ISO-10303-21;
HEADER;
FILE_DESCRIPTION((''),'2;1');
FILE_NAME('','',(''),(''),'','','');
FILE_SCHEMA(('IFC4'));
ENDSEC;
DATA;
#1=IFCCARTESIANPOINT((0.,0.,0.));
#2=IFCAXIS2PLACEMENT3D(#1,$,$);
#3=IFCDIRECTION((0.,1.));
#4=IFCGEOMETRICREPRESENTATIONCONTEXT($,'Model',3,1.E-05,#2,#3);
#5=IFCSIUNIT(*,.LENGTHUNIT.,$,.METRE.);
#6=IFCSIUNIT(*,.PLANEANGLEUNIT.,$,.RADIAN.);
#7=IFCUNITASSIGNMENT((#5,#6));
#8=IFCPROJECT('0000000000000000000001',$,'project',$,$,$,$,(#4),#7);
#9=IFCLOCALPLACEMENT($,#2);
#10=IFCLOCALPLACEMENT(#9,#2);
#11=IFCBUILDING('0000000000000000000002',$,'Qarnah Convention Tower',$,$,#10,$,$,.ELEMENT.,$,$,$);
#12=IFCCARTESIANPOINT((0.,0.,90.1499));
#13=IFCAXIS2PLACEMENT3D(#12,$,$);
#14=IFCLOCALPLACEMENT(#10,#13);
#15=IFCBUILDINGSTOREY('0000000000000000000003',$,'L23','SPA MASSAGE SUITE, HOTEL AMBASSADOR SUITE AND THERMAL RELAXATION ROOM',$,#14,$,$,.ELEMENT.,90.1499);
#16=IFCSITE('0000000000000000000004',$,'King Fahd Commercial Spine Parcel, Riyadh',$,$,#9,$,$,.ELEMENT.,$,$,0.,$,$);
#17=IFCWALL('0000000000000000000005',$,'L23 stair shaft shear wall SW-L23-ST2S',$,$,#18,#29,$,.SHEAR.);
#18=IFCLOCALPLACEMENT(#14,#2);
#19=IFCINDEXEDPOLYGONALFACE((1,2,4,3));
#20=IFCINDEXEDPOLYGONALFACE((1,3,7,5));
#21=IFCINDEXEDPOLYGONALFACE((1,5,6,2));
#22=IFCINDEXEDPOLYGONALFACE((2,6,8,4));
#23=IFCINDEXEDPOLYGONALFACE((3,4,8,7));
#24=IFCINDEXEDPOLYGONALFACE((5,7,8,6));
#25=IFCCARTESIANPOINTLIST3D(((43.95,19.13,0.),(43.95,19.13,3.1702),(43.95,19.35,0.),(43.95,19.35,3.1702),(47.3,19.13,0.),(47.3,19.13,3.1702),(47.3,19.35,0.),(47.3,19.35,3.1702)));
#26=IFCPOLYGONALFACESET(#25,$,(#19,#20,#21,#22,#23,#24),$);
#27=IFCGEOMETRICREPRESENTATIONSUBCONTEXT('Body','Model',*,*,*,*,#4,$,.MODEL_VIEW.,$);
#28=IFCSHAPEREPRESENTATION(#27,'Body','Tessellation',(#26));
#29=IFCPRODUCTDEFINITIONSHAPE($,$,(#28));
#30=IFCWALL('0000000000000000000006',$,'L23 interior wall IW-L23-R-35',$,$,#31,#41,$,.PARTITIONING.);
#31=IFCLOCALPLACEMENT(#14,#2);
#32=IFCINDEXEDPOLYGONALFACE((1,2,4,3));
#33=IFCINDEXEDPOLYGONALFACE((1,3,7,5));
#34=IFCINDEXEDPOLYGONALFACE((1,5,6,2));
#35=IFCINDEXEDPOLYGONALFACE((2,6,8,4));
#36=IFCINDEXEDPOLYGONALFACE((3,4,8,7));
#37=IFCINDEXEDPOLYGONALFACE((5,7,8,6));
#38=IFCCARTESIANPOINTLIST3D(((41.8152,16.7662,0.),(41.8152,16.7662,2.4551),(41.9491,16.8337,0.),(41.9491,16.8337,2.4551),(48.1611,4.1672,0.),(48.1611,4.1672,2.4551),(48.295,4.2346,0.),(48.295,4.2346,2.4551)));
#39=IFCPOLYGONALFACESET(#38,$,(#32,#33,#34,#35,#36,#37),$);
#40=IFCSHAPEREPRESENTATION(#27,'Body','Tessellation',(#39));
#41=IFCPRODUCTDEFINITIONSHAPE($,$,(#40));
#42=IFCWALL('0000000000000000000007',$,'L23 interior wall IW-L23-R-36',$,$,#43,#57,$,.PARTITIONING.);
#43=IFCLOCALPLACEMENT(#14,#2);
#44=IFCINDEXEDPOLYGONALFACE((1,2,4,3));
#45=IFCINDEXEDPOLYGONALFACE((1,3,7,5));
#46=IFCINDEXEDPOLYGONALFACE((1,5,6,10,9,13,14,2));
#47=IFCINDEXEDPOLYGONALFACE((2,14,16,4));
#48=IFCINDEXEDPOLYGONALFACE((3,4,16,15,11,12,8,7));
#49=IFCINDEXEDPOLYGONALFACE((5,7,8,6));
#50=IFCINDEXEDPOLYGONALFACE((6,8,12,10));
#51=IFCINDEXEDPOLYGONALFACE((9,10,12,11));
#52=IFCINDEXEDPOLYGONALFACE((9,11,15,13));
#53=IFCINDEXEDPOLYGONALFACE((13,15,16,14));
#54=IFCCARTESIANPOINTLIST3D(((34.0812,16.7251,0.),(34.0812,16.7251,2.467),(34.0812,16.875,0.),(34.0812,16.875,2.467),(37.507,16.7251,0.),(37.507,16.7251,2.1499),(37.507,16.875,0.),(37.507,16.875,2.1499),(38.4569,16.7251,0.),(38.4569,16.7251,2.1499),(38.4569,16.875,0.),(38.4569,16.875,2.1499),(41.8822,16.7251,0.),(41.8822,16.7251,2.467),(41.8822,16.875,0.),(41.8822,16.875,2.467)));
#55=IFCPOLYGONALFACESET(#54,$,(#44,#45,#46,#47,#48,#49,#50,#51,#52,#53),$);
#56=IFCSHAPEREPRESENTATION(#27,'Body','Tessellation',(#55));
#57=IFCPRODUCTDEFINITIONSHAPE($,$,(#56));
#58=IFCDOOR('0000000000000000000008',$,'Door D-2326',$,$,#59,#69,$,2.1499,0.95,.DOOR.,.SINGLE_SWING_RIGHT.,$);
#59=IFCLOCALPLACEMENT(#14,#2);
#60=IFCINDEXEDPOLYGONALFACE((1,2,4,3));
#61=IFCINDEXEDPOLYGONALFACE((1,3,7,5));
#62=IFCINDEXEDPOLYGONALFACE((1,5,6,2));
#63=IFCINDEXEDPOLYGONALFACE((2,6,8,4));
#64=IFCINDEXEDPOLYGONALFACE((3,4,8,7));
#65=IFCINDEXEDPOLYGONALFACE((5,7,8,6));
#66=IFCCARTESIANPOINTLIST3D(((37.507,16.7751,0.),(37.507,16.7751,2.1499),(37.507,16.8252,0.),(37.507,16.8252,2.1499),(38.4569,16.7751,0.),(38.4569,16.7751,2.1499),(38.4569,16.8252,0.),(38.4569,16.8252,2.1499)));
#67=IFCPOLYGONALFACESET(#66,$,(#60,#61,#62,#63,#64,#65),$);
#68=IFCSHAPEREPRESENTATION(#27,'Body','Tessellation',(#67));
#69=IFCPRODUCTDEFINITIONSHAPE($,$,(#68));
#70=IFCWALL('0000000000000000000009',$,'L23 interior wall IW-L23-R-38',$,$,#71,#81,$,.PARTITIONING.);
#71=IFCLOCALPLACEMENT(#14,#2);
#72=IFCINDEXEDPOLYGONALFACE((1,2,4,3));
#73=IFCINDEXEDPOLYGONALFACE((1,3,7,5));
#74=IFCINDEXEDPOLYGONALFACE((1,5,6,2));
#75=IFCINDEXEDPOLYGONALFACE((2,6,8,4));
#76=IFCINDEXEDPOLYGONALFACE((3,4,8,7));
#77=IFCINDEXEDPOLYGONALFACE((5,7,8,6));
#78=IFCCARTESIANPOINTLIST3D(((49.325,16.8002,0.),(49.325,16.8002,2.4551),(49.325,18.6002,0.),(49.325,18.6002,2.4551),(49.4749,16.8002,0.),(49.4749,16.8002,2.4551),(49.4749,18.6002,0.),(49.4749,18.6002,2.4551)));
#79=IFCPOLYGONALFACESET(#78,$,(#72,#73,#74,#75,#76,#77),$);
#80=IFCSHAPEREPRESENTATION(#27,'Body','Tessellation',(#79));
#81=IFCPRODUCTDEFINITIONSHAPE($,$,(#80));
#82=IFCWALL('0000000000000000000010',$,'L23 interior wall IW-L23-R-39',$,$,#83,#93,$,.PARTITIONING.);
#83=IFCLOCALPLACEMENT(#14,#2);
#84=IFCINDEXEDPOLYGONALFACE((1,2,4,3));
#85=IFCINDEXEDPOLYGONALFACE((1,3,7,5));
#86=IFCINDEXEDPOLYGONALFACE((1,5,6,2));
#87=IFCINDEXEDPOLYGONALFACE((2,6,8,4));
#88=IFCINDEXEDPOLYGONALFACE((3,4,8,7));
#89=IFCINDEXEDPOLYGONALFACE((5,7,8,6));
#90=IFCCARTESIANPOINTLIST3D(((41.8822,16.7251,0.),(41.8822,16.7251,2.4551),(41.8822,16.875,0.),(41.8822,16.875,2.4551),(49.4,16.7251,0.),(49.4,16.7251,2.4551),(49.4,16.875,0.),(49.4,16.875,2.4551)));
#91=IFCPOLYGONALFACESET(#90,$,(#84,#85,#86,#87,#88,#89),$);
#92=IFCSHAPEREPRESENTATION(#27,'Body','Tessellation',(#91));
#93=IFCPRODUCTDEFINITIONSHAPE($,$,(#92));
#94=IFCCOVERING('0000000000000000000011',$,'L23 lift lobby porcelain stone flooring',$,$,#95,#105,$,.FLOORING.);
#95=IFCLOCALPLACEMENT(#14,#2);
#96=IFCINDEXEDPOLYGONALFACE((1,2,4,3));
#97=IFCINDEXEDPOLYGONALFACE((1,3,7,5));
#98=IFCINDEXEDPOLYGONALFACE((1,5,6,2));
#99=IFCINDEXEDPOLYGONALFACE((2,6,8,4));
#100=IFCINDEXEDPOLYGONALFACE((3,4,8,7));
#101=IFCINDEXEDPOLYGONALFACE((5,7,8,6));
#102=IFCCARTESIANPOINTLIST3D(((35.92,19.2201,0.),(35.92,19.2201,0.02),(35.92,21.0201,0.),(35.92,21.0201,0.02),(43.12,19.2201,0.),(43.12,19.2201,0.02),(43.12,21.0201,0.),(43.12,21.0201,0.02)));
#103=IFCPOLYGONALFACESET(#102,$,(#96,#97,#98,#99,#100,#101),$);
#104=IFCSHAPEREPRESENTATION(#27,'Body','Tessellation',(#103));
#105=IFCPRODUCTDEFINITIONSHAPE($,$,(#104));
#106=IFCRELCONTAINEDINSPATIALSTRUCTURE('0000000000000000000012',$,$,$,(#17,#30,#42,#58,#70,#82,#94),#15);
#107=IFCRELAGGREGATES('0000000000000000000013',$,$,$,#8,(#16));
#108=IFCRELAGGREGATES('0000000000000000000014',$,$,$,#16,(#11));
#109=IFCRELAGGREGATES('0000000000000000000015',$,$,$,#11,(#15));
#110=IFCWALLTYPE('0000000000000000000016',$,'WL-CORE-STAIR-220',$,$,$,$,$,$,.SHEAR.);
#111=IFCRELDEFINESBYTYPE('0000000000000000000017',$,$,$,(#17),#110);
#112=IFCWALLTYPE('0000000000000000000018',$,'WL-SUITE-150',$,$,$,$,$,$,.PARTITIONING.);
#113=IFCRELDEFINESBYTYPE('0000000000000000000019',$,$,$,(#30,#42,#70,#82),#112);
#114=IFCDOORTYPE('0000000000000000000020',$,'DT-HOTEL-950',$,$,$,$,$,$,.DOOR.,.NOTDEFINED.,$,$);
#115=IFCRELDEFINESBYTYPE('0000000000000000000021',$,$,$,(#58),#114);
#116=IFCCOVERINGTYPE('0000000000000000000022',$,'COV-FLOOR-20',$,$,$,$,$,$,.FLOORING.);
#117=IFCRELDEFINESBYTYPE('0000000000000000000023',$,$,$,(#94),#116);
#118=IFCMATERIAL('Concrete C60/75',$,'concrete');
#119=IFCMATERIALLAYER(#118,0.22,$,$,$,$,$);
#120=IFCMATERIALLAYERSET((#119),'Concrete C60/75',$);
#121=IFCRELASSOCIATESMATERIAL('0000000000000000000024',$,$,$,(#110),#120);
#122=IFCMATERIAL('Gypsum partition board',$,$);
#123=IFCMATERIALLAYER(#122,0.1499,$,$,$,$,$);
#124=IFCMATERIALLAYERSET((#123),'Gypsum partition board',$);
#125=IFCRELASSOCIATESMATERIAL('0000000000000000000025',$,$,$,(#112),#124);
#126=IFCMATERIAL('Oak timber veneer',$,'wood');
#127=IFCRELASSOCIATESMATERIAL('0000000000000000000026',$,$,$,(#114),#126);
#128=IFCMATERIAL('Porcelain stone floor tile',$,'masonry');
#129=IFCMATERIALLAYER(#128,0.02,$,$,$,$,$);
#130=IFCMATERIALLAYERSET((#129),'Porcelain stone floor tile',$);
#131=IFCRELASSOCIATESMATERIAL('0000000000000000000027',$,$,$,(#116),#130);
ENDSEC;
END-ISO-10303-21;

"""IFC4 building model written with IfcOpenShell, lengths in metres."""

from ifc_helpers import new_model, si_unit, direction, frame, frame_2d, origin, origin_2d, place, context, subcontext, project, spatial, rectangle, extrude, material, layer, layer_set, type_object, element, fill, save


model = new_model("IFC4")

# Units and contexts
model_context = context("Model", 3, precision=1e-05, world=origin(), true_north=direction((0.0, 1.0)))
body_context = subcontext(model_context, "Body", "Model", "MODEL_VIEW")
ifc_project = project(units=[si_unit("LENGTHUNIT", "METRE"), si_unit("PLANEANGLEUNIT", "RADIAN")], contexts=[model_context])

# Site, building, storey
site_placement = place(None, origin())
site = spatial("IfcSite", under=ifc_project, at=site_placement, Name="King Fahd Commercial Spine Parcel, Riyadh", CompositionType="ELEMENT", RefElevation=0.0)
building_placement = place(site_placement, origin())
building = spatial("IfcBuilding", under=site, at=building_placement, Name="Qarnah Convention Tower", CompositionType="ELEMENT")
storey_placement = place(building_placement, frame((0.0, 0.0, 90.1499)))
storey = spatial("IfcBuildingStorey", under=building, at=storey_placement, Name="L23", Description="SPA MASSAGE SUITE, HOTEL AMBASSADOR SUITE AND THERMAL RELAXATION ROOM", CompositionType="ELEMENT", Elevation=90.1499)

# Shared definitions
ifc_material_1 = material(Name="Concrete C60/75", Category="concrete")

# Walls
ifc_layer_1 = layer(ifc_material_1, 0.22)
ifc_layer_set_1 = layer_set([ifc_layer_1], Name="Concrete C60/75")
wall_type_1 = type_object("IfcWallType", Name="WL-CORE-STAIR-220", PredefinedType="SHEAR", material=ifc_layer_set_1)
wall_1_placement = place(storey_placement, frame((43.95, 19.24, 0.0), z_axis=(0.0, 0.0, 1.0), x_axis=(1.0, 0.0, 0.0)))
element("IfcWall", 1, at=wall_1_placement, inside=storey, type_object=wall_type_1, Name="L23 stair shaft shear wall SW-L23-ST2S", PredefinedType="SHEAR", context=body_context, shape_type="SweptSolid", body=[
    extrude(rectangle(XDim=3.3501, YDim=0.22, at=frame_2d((1.675, 0.0))), origin(), (0.0, 0.0, 1.0), 3.1702),
])
ifc_material_2 = material(Name="Gypsum partition board")
ifc_layer_2 = layer(ifc_material_2, 0.1499)
ifc_layer_set_2 = layer_set([ifc_layer_2], Name="Gypsum partition board")
wall_type_2 = type_object("IfcWallType", Name="WL-SUITE-150", PredefinedType="PARTITIONING", material=ifc_layer_set_2)
wall_2_placement = place(storey_placement, frame((48.228, 4.2009, 0.0), z_axis=(0.0, 0.0, 1.0), x_axis=(-0.449842, 0.893108, 0.0)))
element("IfcWall", 2, at=wall_2_placement, inside=storey, type_object=wall_type_2, Name="L23 interior wall IW-L23-R-35", PredefinedType="PARTITIONING", context=body_context, shape_type="SweptSolid", body=[
    extrude(rectangle(XDim=14.1069, YDim=0.1499, at=frame_2d((7.0535, 0.0))), origin(), (0.0, 0.0, 1.0), 2.4551),
])

# Wall, opening, door
wall_3_placement = place(storey_placement, frame((41.8821, 16.8, 0.0), z_axis=(0.0, 0.0, 1.0), x_axis=(-1.0, 0.0, 0.0)))
wall_3 = element("IfcWall", 3, at=wall_3_placement, inside=storey, type_object=wall_type_2, Name="L23 interior wall IW-L23-R-36", PredefinedType="PARTITIONING", context=body_context, shape_type="SweptSolid", body=[
    extrude(rectangle(XDim=7.801, YDim=0.1499, at=frame_2d((3.9004, 0.0))), origin(), (0.0, 0.0, 1.0), 2.467),
])
opening_1_placement = place(wall_3_placement, frame((3.425, 0.0, 0.0)))
opening_1 = element("IfcOpeningElement", 4, at=opening_1_placement, cuts=wall_3, PredefinedType="OPENING", context=body_context, shape_type="SweptSolid", body=[
    extrude(rectangle(XDim=0.95, YDim=2.1499, at=frame_2d((0.4751, 1.075))), frame((0.0, 0.085, 0.0), z_axis=(0.0, -1.0, 0.0), x_axis=(1.0, 0.0, 0.0)), (0.0, 0.0, 1.0), 0.1699),
])
ifc_material_3 = material(Name="Oak timber veneer", Category="wood")
door_type_1 = type_object("IfcDoorType", Name="DT-HOTEL-950", OperationType="NOTDEFINED", PredefinedType="DOOR", material=ifc_material_3)
door_1_placement = place(opening_1_placement, origin())
door_1 = element("IfcDoor", 5, at=door_1_placement, inside=storey, type_object=door_type_1, Name="Door D-2326", OperationType="SINGLE_SWING_RIGHT", OverallHeight=2.1499, OverallWidth=0.95, PredefinedType="DOOR", context=body_context, shape_type="SweptSolid", body=[
    extrude(rectangle(XDim=0.95, YDim=2.1499, at=frame_2d((0.4751, 1.075))), frame((0.0, 0.0249, 0.0), z_axis=(0.0, -1.0, 0.0), x_axis=(1.0, 0.0, 0.0)), (0.0, 0.0, 1.0), 0.05),
])
fill(opening_1, door_1)

# Walls
wall_4_placement = place(storey_placement, frame((49.3999, 18.6001, 0.0), z_axis=(0.0, 0.0, 1.0), x_axis=(0.0, -1.0, 0.0)))
element("IfcWall", 6, at=wall_4_placement, inside=storey, type_object=wall_type_2, Name="L23 interior wall IW-L23-R-38", PredefinedType="PARTITIONING", context=body_context, shape_type="SweptSolid", body=[
    extrude(rectangle(XDim=1.8, YDim=0.1499, at=frame_2d((0.8999, 0.0))), origin(), (0.0, 0.0, 1.0), 2.4551),
])
wall_5_placement = place(storey_placement, frame((49.3999, 16.8, 0.0), z_axis=(0.0, 0.0, 1.0), x_axis=(-1.0, 0.0, 0.0)))
element("IfcWall", 7, at=wall_5_placement, inside=storey, type_object=wall_type_2, Name="L23 interior wall IW-L23-R-39", PredefinedType="PARTITIONING", context=body_context, shape_type="SweptSolid", body=[
    extrude(rectangle(XDim=7.5178, YDim=0.1499, at=frame_2d((3.7588, 0.0))), origin(), (0.0, 0.0, 1.0), 2.4551),
])

# Covering
ifc_material_4 = material(Name="Porcelain stone floor tile", Category="masonry")
ifc_layer_3 = layer(ifc_material_4, 0.02)
ifc_layer_set_3 = layer_set([ifc_layer_3], Name="Porcelain stone floor tile")
covering_type = type_object("IfcCoveringType", Name="COV-FLOOR-20", PredefinedType="FLOORING", material=ifc_layer_set_3)
covering_placement = place(storey_placement, frame((39.52, 20.1201, 0.0), z_axis=(0.0, 0.0, 1.0), x_axis=(1.0, 0.0, 0.0)))
element("IfcCovering", 8, at=covering_placement, inside=storey, type_object=covering_type, Name="L23 lift lobby porcelain stone flooring", PredefinedType="FLOORING", context=body_context, shape_type="SweptSolid", body=[
    extrude(rectangle(XDim=7.2, YDim=1.8, at=origin_2d()), origin(), (0.0, 0.0, 1.0), 0.02),
])

save(model, "model.ifc")
